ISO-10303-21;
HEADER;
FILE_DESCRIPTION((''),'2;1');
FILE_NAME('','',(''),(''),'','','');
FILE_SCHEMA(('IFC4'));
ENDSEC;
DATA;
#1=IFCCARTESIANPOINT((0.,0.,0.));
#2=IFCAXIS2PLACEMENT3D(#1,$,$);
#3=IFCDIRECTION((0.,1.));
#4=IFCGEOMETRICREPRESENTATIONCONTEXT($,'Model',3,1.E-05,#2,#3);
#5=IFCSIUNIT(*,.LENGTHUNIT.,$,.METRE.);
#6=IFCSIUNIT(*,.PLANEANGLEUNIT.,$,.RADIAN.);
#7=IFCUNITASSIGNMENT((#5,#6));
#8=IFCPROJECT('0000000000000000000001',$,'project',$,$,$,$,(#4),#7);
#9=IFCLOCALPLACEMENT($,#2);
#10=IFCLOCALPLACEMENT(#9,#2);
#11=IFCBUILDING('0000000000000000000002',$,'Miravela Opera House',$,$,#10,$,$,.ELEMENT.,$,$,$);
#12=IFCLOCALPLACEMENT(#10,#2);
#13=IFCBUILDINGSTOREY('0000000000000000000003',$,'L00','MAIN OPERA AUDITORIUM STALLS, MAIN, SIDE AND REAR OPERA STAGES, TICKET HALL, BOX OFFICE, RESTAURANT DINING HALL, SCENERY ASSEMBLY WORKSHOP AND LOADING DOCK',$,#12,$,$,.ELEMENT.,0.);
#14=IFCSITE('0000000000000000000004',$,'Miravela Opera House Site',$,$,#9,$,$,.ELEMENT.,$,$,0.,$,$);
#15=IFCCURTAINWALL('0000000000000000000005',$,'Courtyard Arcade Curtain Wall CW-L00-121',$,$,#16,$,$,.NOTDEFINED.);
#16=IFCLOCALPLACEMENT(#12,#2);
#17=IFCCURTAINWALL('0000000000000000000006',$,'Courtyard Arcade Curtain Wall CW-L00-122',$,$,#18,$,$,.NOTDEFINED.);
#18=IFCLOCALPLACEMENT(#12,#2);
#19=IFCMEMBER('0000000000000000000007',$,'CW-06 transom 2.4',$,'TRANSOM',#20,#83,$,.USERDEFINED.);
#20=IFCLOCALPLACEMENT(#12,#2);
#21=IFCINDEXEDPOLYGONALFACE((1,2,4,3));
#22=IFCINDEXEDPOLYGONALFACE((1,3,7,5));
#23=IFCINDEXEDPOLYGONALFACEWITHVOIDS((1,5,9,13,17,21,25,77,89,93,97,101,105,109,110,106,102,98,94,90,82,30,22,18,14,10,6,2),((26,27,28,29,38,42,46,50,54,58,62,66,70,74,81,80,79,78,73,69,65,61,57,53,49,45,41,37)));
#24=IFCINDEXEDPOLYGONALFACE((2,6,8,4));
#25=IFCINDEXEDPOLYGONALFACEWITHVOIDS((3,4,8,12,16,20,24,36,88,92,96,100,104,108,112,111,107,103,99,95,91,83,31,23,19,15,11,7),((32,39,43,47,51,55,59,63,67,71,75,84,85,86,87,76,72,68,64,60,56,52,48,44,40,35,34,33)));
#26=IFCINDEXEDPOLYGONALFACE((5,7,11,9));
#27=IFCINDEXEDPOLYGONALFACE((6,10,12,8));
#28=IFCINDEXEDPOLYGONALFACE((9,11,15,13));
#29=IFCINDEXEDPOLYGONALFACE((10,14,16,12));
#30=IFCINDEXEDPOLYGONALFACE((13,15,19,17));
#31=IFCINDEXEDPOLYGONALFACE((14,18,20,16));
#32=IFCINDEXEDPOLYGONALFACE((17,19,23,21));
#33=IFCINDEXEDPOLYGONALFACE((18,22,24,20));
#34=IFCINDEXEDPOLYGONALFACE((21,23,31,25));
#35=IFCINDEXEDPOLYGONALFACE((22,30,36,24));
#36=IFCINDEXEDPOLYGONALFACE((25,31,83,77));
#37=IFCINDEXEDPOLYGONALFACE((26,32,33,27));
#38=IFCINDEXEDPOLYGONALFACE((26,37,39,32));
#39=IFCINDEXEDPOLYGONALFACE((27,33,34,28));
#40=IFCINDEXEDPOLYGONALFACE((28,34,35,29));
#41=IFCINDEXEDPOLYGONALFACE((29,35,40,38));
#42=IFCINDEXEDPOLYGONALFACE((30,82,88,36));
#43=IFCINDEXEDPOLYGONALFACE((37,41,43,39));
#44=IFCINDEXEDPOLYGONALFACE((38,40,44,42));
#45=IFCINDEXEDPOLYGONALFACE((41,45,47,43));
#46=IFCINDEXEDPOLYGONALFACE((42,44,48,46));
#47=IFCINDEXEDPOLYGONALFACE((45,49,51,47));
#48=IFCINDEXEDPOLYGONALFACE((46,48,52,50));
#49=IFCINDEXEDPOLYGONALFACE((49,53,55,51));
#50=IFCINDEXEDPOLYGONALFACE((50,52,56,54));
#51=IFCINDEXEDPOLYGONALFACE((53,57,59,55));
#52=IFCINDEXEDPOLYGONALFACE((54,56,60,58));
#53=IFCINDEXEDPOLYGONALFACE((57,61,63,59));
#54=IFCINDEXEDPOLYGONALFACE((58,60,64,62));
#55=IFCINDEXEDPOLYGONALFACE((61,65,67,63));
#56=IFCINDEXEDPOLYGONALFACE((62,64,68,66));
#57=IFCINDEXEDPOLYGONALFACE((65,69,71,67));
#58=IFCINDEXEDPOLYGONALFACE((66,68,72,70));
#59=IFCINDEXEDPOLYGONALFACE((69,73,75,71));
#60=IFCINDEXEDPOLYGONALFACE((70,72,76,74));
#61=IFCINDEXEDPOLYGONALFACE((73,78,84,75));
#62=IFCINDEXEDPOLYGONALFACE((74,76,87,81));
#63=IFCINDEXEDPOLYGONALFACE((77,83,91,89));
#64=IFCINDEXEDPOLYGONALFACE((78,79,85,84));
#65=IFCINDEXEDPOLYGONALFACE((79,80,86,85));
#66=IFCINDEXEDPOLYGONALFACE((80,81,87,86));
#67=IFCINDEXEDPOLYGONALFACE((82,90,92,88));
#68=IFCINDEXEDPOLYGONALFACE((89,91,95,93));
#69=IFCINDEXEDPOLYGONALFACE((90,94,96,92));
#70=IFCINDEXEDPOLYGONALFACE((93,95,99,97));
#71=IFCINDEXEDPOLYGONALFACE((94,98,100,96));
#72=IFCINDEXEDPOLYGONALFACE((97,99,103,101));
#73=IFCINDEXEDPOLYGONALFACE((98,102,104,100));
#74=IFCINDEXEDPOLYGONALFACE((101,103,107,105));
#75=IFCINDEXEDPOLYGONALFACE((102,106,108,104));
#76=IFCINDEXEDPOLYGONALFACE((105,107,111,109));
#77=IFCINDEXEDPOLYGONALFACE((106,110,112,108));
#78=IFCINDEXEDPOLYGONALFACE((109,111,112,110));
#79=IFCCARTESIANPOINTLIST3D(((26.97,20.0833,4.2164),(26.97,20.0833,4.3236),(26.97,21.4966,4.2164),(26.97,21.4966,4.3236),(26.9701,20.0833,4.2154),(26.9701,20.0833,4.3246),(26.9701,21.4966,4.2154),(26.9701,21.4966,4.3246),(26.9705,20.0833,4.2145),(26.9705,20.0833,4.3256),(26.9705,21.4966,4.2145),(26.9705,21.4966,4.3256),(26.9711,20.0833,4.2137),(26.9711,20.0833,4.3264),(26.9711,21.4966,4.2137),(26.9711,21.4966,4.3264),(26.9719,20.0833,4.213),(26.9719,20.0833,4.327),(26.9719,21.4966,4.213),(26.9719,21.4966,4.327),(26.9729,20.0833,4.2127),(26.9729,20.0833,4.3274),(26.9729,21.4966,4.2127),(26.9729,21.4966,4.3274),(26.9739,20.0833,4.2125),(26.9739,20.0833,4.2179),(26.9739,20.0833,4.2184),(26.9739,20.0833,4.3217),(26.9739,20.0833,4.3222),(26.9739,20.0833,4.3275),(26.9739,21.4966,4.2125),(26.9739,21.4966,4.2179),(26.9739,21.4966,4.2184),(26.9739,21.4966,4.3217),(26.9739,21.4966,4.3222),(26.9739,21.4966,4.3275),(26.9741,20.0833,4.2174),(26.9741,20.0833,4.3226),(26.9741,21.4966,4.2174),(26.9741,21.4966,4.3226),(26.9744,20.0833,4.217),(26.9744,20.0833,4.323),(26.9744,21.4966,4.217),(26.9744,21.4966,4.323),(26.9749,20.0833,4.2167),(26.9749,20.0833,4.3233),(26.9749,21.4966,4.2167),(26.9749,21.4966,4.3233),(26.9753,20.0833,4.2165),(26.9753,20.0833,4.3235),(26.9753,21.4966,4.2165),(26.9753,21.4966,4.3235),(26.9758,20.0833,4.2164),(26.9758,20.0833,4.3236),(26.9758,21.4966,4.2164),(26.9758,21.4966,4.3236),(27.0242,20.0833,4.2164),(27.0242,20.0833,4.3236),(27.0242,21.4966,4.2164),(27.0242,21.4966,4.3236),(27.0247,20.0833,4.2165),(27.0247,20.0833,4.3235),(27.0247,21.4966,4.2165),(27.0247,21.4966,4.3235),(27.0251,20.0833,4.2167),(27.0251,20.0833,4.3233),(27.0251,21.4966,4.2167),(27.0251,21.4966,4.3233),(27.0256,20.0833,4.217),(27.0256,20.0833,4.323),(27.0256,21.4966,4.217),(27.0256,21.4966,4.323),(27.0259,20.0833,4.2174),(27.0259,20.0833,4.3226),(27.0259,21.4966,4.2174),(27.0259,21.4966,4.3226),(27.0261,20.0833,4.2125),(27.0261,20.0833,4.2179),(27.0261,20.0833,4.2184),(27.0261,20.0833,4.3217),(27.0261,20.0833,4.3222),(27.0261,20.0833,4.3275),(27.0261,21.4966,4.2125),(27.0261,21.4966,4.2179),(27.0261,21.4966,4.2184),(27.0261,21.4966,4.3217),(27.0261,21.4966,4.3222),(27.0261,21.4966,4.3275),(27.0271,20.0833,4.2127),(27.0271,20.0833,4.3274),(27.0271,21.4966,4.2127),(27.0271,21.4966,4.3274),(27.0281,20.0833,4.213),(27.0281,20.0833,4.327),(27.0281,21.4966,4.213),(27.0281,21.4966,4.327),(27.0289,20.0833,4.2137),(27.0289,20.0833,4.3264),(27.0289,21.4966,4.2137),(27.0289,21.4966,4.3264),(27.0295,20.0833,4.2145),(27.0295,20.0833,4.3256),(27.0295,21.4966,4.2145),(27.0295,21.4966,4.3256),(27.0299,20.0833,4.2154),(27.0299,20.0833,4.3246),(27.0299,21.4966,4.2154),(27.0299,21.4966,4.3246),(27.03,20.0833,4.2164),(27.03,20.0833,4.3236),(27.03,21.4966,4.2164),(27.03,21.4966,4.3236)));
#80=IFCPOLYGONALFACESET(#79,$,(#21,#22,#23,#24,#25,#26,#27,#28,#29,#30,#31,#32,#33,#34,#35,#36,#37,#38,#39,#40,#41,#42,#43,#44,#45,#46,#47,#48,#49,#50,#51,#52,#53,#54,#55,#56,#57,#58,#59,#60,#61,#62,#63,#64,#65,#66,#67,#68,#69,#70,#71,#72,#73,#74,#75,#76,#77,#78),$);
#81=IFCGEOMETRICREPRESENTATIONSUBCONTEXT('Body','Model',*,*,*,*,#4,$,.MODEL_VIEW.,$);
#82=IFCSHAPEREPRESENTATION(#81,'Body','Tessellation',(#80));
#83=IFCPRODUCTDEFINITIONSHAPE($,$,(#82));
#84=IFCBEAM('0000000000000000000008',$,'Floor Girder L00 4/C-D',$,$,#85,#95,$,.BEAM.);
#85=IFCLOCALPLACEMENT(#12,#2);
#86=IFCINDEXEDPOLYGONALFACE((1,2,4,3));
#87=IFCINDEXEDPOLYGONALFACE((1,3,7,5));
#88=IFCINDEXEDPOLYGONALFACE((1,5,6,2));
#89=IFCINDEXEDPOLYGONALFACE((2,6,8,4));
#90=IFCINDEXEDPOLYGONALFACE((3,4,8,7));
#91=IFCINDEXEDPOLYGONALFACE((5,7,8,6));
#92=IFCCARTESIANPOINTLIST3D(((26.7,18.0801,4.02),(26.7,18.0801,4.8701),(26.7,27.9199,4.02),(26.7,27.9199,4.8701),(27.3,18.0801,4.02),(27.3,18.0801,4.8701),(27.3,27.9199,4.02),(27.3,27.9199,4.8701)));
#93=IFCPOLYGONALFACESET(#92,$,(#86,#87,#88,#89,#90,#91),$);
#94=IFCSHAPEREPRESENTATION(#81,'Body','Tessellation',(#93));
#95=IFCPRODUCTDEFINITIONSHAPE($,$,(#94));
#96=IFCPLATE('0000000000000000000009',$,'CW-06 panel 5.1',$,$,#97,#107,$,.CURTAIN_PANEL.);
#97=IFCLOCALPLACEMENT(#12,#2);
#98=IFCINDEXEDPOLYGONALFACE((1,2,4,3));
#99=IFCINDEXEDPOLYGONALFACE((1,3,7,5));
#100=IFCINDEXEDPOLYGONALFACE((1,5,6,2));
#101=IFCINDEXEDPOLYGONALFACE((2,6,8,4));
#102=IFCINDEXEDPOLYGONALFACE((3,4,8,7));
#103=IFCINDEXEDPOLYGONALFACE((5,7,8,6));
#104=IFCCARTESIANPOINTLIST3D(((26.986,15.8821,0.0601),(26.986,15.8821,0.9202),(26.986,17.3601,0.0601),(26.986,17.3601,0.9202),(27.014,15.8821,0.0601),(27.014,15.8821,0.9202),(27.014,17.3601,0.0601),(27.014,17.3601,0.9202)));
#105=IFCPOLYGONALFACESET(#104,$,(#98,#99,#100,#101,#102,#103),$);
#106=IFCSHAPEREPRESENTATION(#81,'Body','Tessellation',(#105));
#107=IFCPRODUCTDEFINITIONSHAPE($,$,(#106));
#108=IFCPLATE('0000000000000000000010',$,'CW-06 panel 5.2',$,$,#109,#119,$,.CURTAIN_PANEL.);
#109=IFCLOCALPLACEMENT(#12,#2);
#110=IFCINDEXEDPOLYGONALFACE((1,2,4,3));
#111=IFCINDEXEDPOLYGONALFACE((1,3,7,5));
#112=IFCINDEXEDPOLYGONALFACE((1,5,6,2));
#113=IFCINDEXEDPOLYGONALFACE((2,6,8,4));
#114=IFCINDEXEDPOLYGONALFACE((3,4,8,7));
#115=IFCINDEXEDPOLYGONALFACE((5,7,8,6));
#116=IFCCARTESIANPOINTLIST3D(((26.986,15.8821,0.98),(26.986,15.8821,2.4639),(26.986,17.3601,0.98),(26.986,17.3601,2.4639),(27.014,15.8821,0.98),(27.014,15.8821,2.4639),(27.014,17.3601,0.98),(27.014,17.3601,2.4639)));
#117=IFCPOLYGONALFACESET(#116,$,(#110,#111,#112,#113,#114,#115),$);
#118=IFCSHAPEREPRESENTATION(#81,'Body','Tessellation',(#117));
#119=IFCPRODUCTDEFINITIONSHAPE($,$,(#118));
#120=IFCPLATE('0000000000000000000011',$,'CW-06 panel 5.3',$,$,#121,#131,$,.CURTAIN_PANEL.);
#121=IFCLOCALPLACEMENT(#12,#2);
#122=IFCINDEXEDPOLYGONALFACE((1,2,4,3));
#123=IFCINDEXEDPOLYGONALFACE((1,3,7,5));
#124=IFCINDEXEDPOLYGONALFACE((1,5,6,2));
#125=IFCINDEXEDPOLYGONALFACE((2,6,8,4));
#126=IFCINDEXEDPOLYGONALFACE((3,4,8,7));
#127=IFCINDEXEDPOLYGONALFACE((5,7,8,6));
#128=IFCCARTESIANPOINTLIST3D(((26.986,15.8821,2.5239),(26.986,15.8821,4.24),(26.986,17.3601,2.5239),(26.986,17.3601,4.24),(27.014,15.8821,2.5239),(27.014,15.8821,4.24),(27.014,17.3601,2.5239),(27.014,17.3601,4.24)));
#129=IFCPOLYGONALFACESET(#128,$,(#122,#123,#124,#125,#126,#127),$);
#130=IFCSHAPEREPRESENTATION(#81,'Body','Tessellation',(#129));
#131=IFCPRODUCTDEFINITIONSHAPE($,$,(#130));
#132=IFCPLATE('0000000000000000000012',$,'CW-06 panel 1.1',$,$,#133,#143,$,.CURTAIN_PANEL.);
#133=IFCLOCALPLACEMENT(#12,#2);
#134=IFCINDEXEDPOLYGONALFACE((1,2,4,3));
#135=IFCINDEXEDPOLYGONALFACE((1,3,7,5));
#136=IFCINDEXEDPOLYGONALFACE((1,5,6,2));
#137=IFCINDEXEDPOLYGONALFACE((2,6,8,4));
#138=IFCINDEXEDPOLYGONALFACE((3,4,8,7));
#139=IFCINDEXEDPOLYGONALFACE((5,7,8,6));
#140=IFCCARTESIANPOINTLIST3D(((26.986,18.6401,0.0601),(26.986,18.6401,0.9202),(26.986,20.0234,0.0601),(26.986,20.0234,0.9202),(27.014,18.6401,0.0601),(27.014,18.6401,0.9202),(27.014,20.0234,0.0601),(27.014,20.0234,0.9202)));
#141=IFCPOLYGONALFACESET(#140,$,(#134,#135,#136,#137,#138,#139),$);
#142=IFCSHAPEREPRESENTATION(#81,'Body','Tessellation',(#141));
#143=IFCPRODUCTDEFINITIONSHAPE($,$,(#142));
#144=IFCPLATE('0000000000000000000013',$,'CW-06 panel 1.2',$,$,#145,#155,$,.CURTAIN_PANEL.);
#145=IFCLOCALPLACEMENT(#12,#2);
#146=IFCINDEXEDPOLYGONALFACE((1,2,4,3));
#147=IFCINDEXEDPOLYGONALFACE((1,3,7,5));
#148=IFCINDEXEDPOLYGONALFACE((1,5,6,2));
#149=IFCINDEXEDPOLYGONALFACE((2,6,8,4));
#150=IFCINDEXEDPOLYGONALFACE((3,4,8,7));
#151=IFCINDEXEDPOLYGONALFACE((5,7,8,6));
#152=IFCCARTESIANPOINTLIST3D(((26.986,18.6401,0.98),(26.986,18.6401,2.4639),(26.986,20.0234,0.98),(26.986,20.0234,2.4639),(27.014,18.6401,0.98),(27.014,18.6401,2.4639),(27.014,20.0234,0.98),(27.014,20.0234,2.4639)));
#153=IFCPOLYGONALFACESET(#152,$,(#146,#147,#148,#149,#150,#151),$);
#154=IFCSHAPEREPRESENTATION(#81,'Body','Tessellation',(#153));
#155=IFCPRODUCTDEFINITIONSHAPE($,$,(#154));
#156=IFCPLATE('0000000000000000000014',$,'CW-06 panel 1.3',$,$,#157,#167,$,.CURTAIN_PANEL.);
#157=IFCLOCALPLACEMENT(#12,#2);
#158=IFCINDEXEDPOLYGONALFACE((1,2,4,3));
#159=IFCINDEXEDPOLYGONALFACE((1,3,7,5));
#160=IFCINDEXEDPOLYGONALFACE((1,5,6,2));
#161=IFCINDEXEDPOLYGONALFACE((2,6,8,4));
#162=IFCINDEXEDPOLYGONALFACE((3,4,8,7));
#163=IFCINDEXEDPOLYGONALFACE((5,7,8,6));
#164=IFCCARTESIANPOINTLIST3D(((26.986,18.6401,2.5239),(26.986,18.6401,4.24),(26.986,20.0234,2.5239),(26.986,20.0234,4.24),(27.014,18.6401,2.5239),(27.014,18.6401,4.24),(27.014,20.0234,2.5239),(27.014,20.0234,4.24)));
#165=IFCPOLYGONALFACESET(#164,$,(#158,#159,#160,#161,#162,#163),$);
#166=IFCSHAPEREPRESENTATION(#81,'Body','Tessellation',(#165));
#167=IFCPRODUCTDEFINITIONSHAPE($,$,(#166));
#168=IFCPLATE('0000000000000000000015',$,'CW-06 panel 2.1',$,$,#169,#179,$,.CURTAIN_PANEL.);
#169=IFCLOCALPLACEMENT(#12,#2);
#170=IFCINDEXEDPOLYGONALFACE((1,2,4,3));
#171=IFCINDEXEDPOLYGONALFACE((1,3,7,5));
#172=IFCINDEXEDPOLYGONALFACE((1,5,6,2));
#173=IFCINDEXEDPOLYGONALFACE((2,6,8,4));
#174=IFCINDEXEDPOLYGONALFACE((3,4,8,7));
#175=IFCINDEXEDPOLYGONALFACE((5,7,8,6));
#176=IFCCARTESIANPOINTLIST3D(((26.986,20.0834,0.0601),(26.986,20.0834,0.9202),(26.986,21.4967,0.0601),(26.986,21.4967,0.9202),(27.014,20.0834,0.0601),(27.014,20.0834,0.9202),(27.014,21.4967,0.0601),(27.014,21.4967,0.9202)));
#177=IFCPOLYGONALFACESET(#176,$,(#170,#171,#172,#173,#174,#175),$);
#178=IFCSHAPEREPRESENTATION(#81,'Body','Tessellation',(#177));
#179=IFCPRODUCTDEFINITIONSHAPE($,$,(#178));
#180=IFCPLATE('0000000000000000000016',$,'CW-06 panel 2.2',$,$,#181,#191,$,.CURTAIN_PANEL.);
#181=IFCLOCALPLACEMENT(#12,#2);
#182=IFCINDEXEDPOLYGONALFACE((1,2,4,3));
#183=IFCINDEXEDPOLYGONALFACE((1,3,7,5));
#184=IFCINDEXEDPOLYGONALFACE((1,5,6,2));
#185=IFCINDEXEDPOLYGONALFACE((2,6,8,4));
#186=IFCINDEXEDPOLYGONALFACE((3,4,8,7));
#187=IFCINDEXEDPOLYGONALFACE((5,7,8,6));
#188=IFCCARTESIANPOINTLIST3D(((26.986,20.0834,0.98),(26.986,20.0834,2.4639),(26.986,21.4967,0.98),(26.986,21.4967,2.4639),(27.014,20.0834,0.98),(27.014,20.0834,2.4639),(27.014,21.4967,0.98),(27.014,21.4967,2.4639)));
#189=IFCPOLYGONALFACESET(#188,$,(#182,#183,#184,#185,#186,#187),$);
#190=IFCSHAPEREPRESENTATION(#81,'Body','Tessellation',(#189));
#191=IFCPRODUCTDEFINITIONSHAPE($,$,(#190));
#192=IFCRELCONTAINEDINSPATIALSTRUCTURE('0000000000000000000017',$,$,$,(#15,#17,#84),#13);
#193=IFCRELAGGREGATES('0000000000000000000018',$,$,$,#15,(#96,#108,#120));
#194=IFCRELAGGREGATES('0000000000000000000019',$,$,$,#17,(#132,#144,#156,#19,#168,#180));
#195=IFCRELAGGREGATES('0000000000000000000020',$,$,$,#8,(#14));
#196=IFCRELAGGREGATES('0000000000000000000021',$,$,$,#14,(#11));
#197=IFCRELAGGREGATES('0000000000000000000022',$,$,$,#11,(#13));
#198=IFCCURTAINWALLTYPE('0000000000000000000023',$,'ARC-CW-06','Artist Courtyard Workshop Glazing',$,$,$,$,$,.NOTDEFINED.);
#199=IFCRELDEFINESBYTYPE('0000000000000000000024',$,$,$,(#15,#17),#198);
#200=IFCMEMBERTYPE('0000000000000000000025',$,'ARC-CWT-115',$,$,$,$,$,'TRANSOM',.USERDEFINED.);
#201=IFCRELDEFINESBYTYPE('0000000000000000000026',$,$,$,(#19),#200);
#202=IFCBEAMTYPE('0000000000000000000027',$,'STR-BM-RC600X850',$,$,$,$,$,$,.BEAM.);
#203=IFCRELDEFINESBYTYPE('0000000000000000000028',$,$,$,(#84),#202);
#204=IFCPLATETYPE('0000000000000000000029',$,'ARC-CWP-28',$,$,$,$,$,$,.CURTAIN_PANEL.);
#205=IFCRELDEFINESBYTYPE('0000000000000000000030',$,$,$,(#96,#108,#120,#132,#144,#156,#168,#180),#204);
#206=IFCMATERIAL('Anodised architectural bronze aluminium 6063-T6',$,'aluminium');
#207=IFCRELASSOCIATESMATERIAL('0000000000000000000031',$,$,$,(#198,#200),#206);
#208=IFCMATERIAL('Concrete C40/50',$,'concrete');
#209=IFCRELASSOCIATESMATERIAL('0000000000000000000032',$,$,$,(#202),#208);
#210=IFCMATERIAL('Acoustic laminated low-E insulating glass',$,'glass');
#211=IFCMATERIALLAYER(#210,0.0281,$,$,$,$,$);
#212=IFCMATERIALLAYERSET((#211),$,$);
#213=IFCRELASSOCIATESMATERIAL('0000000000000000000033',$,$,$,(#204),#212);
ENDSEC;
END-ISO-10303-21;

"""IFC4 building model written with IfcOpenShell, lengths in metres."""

from ifc_helpers import new_model, si_unit, direction, frame, origin, origin_2d, place, context, subcontext, project, spatial, rectangle, hollow_rectangle, extrude, material, layer, layer_set, material_profile, profile_set, type_object, element, aggregate, save


model = new_model("IFC4")

# Units and contexts
model_context = context("Model", 3, precision=1e-05, world=origin(), true_north=direction((0.0, 1.0)))
body_context = subcontext(model_context, "Body", "Model", "MODEL_VIEW")
ifc_project = project(units=[si_unit("LENGTHUNIT", "METRE"), si_unit("PLANEANGLEUNIT", "RADIAN")], contexts=[model_context])

# Site, building, storey
site_placement = place(None, origin())
site = spatial("IfcSite", under=ifc_project, at=site_placement, Name="Miravela Opera House Site", CompositionType="ELEMENT", RefElevation=0.0)
building_placement = place(site_placement, origin())
building = spatial("IfcBuilding", under=site, at=building_placement, Name="Miravela Opera House", CompositionType="ELEMENT")
storey_placement = place(building_placement, origin())
storey = spatial("IfcBuildingStorey", under=building, at=storey_placement, Name="L00", Description="MAIN OPERA AUDITORIUM STALLS, MAIN, SIDE AND REAR OPERA STAGES, TICKET HALL, BOX OFFICE, RESTAURANT DINING HALL, SCENERY ASSEMBLY WORKSHOP AND LOADING DOCK", CompositionType="ELEMENT", Elevation=0.0)

# Curtain wall
ifc_material_1 = material(Name="Anodised architectural bronze aluminium 6063-T6", Category="aluminium")
curtain_wall_type = type_object("IfcCurtainWallType", Name="ARC-CW-06", Description="Artist Courtyard Workshop Glazing", PredefinedType="NOTDEFINED", material=ifc_material_1)
curtain_wall_1_placement = place(storey_placement, origin())
curtain_wall_1 = element("IfcCurtainWall", 1, at=curtain_wall_1_placement, inside=storey, type_object=curtain_wall_type, Name="Courtyard Arcade Curtain Wall CW-L00-121", PredefinedType="NOTDEFINED")

# Curtain wall
curtain_wall_2_placement = place(storey_placement, origin())
curtain_wall_2 = element("IfcCurtainWall", 2, at=curtain_wall_2_placement, inside=storey, type_object=curtain_wall_type, Name="Courtyard Arcade Curtain Wall CW-L00-122", PredefinedType="NOTDEFINED")

# Member
ifc_material_profile_1 = material_profile(ifc_material_1, hollow_rectangle(XDim=0.0601, YDim=0.115, WallThickness=0.0039, InnerFilletRadius=0.002, OuterFilletRadius=0.0039, at=origin_2d()), Name="CWT-60X115")
ifc_profile_set_1 = profile_set([ifc_material_profile_1])
member_type_1 = type_object("IfcMemberType", Name="ARC-CWT-115", ElementType="TRANSOM", PredefinedType="USERDEFINED", material=ifc_profile_set_1)
member_1_placement = place(storey_placement, frame((27.0, 20.0833, 4.27), z_axis=(0.0, 1.0, 0.0), x_axis=(-1.0, 0.0, 0.0)))
member_1 = element("IfcMember", 3, at=member_1_placement, type_object=member_type_1, Name="CW-06 transom 2.4", ObjectType="TRANSOM", PredefinedType="USERDEFINED", context=body_context, shape_type="SweptSolid", body=[
    extrude(hollow_rectangle(XDim=0.0601, YDim=0.115, WallThickness=0.0039, InnerFilletRadius=0.002, OuterFilletRadius=0.0039, at=origin_2d()), origin(), (0.0, 0.0, 1.0), 1.4133),
])

# Beam
ifc_material_2 = material(Name="Concrete C40/50", Category="concrete")
ifc_material_profile_2 = material_profile(ifc_material_2, rectangle(XDim=0.6001, YDim=0.8501, at=origin_2d()), Name="RC-BM-600X850")
ifc_profile_set_2 = profile_set([ifc_material_profile_2])
beam_type = type_object("IfcBeamType", Name="STR-BM-RC600X850", PredefinedType="BEAM", material=ifc_profile_set_2)
beam_placement = place(storey_placement, frame((27.0, 18.0801, 4.4451), z_axis=(0.0, 1.0, 0.0), x_axis=(-1.0, 0.0, 0.0)))
element("IfcBeam", 4, at=beam_placement, inside=storey, type_object=beam_type, Name="Floor Girder L00 4/C-D", PredefinedType="BEAM", context=body_context, shape_type="SweptSolid", body=[
    extrude(rectangle(XDim=0.6001, YDim=0.8501, at=origin_2d()), origin(), (0.0, 0.0, 1.0), 9.8398),
])

# Plates
ifc_material_3 = material(Name="Acoustic laminated low-E insulating glass", Category="glass")
ifc_layer = layer(ifc_material_3, 0.0281)
ifc_layer_set = layer_set([ifc_layer])
plate_type = type_object("IfcPlateType", Name="ARC-CWP-28", PredefinedType="CURTAIN_PANEL", material=ifc_layer_set)
plate_1_placement = place(storey_placement, frame((27.0, 16.6211, 0.0601), z_axis=(0.0, 0.0, 1.0), x_axis=(0.0, 1.0, 0.0)))
plate_1 = element("IfcPlate", 5, at=plate_1_placement, type_object=plate_type, Name="CW-06 panel 5.1", PredefinedType="CURTAIN_PANEL", context=body_context, shape_type="SweptSolid", body=[
    extrude(rectangle(XDim=1.478, YDim=0.0281, at=origin_2d()), origin(), (0.0, 0.0, 1.0), 0.8601),
])
plate_2_placement = place(storey_placement, frame((27.0, 16.6211, 0.98), z_axis=(0.0, 0.0, 1.0), x_axis=(0.0, 1.0, 0.0)))
plate_2 = element("IfcPlate", 6, at=plate_2_placement, type_object=plate_type, Name="CW-06 panel 5.2", PredefinedType="CURTAIN_PANEL", context=body_context, shape_type="SweptSolid", body=[
    extrude(rectangle(XDim=1.478, YDim=0.0281, at=origin_2d()), origin(), (0.0, 0.0, 1.0), 1.4839),
])
plate_3_placement = place(storey_placement, frame((27.0, 16.6211, 2.5239), z_axis=(0.0, 0.0, 1.0), x_axis=(0.0, 1.0, 0.0)))
plate_3 = element("IfcPlate", 7, at=plate_3_placement, type_object=plate_type, Name="CW-06 panel 5.3", PredefinedType="CURTAIN_PANEL", context=body_context, shape_type="SweptSolid", body=[
    extrude(rectangle(XDim=1.478, YDim=0.0281, at=origin_2d()), origin(), (0.0, 0.0, 1.0), 1.7161),
])
aggregate(curtain_wall_1, [plate_1, plate_2, plate_3])
plate_4_placement = place(storey_placement, frame((27.0, 19.3318, 0.0601), z_axis=(0.0, 0.0, 1.0), x_axis=(0.0, 1.0, 0.0)))
plate_4 = element("IfcPlate", 8, at=plate_4_placement, type_object=plate_type, Name="CW-06 panel 1.1", PredefinedType="CURTAIN_PANEL", context=body_context, shape_type="SweptSolid", body=[
    extrude(rectangle(XDim=1.3833, YDim=0.0281, at=origin_2d()), origin(), (0.0, 0.0, 1.0), 0.8601),
])
plate_5_placement = place(storey_placement, frame((27.0, 19.3318, 0.98), z_axis=(0.0, 0.0, 1.0), x_axis=(0.0, 1.0, 0.0)))
plate_5 = element("IfcPlate", 9, at=plate_5_placement, type_object=plate_type, Name="CW-06 panel 1.2", PredefinedType="CURTAIN_PANEL", context=body_context, shape_type="SweptSolid", body=[
    extrude(rectangle(XDim=1.3833, YDim=0.0281, at=origin_2d()), origin(), (0.0, 0.0, 1.0), 1.4839),
])
plate_6_placement = place(storey_placement, frame((27.0, 19.3318, 2.5239), z_axis=(0.0, 0.0, 1.0), x_axis=(0.0, 1.0, 0.0)))
plate_6 = element("IfcPlate", 10, at=plate_6_placement, type_object=plate_type, Name="CW-06 panel 1.3", PredefinedType="CURTAIN_PANEL", context=body_context, shape_type="SweptSolid", body=[
    extrude(rectangle(XDim=1.3833, YDim=0.0281, at=origin_2d()), origin(), (0.0, 0.0, 1.0), 1.7161),
])
plate_7_placement = place(storey_placement, frame((27.0, 20.79, 0.0601), z_axis=(0.0, 0.0, 1.0), x_axis=(0.0, 1.0, 0.0)))
plate_7 = element("IfcPlate", 11, at=plate_7_placement, type_object=plate_type, Name="CW-06 panel 2.1", PredefinedType="CURTAIN_PANEL", context=body_context, shape_type="SweptSolid", body=[
    extrude(rectangle(XDim=1.4133, YDim=0.0281, at=origin_2d()), origin(), (0.0, 0.0, 1.0), 0.8601),
])
plate_8_placement = place(storey_placement, frame((27.0, 20.79, 0.98), z_axis=(0.0, 0.0, 1.0), x_axis=(0.0, 1.0, 0.0)))
plate_8 = element("IfcPlate", 12, at=plate_8_placement, type_object=plate_type, Name="CW-06 panel 2.2", PredefinedType="CURTAIN_PANEL", context=body_context, shape_type="SweptSolid", body=[
    extrude(rectangle(XDim=1.4133, YDim=0.0281, at=origin_2d()), origin(), (0.0, 0.0, 1.0), 1.4839),
])
aggregate(curtain_wall_2, [plate_4, plate_5, plate_6, member_1, plate_7, plate_8])

save(model, "model.ifc")
